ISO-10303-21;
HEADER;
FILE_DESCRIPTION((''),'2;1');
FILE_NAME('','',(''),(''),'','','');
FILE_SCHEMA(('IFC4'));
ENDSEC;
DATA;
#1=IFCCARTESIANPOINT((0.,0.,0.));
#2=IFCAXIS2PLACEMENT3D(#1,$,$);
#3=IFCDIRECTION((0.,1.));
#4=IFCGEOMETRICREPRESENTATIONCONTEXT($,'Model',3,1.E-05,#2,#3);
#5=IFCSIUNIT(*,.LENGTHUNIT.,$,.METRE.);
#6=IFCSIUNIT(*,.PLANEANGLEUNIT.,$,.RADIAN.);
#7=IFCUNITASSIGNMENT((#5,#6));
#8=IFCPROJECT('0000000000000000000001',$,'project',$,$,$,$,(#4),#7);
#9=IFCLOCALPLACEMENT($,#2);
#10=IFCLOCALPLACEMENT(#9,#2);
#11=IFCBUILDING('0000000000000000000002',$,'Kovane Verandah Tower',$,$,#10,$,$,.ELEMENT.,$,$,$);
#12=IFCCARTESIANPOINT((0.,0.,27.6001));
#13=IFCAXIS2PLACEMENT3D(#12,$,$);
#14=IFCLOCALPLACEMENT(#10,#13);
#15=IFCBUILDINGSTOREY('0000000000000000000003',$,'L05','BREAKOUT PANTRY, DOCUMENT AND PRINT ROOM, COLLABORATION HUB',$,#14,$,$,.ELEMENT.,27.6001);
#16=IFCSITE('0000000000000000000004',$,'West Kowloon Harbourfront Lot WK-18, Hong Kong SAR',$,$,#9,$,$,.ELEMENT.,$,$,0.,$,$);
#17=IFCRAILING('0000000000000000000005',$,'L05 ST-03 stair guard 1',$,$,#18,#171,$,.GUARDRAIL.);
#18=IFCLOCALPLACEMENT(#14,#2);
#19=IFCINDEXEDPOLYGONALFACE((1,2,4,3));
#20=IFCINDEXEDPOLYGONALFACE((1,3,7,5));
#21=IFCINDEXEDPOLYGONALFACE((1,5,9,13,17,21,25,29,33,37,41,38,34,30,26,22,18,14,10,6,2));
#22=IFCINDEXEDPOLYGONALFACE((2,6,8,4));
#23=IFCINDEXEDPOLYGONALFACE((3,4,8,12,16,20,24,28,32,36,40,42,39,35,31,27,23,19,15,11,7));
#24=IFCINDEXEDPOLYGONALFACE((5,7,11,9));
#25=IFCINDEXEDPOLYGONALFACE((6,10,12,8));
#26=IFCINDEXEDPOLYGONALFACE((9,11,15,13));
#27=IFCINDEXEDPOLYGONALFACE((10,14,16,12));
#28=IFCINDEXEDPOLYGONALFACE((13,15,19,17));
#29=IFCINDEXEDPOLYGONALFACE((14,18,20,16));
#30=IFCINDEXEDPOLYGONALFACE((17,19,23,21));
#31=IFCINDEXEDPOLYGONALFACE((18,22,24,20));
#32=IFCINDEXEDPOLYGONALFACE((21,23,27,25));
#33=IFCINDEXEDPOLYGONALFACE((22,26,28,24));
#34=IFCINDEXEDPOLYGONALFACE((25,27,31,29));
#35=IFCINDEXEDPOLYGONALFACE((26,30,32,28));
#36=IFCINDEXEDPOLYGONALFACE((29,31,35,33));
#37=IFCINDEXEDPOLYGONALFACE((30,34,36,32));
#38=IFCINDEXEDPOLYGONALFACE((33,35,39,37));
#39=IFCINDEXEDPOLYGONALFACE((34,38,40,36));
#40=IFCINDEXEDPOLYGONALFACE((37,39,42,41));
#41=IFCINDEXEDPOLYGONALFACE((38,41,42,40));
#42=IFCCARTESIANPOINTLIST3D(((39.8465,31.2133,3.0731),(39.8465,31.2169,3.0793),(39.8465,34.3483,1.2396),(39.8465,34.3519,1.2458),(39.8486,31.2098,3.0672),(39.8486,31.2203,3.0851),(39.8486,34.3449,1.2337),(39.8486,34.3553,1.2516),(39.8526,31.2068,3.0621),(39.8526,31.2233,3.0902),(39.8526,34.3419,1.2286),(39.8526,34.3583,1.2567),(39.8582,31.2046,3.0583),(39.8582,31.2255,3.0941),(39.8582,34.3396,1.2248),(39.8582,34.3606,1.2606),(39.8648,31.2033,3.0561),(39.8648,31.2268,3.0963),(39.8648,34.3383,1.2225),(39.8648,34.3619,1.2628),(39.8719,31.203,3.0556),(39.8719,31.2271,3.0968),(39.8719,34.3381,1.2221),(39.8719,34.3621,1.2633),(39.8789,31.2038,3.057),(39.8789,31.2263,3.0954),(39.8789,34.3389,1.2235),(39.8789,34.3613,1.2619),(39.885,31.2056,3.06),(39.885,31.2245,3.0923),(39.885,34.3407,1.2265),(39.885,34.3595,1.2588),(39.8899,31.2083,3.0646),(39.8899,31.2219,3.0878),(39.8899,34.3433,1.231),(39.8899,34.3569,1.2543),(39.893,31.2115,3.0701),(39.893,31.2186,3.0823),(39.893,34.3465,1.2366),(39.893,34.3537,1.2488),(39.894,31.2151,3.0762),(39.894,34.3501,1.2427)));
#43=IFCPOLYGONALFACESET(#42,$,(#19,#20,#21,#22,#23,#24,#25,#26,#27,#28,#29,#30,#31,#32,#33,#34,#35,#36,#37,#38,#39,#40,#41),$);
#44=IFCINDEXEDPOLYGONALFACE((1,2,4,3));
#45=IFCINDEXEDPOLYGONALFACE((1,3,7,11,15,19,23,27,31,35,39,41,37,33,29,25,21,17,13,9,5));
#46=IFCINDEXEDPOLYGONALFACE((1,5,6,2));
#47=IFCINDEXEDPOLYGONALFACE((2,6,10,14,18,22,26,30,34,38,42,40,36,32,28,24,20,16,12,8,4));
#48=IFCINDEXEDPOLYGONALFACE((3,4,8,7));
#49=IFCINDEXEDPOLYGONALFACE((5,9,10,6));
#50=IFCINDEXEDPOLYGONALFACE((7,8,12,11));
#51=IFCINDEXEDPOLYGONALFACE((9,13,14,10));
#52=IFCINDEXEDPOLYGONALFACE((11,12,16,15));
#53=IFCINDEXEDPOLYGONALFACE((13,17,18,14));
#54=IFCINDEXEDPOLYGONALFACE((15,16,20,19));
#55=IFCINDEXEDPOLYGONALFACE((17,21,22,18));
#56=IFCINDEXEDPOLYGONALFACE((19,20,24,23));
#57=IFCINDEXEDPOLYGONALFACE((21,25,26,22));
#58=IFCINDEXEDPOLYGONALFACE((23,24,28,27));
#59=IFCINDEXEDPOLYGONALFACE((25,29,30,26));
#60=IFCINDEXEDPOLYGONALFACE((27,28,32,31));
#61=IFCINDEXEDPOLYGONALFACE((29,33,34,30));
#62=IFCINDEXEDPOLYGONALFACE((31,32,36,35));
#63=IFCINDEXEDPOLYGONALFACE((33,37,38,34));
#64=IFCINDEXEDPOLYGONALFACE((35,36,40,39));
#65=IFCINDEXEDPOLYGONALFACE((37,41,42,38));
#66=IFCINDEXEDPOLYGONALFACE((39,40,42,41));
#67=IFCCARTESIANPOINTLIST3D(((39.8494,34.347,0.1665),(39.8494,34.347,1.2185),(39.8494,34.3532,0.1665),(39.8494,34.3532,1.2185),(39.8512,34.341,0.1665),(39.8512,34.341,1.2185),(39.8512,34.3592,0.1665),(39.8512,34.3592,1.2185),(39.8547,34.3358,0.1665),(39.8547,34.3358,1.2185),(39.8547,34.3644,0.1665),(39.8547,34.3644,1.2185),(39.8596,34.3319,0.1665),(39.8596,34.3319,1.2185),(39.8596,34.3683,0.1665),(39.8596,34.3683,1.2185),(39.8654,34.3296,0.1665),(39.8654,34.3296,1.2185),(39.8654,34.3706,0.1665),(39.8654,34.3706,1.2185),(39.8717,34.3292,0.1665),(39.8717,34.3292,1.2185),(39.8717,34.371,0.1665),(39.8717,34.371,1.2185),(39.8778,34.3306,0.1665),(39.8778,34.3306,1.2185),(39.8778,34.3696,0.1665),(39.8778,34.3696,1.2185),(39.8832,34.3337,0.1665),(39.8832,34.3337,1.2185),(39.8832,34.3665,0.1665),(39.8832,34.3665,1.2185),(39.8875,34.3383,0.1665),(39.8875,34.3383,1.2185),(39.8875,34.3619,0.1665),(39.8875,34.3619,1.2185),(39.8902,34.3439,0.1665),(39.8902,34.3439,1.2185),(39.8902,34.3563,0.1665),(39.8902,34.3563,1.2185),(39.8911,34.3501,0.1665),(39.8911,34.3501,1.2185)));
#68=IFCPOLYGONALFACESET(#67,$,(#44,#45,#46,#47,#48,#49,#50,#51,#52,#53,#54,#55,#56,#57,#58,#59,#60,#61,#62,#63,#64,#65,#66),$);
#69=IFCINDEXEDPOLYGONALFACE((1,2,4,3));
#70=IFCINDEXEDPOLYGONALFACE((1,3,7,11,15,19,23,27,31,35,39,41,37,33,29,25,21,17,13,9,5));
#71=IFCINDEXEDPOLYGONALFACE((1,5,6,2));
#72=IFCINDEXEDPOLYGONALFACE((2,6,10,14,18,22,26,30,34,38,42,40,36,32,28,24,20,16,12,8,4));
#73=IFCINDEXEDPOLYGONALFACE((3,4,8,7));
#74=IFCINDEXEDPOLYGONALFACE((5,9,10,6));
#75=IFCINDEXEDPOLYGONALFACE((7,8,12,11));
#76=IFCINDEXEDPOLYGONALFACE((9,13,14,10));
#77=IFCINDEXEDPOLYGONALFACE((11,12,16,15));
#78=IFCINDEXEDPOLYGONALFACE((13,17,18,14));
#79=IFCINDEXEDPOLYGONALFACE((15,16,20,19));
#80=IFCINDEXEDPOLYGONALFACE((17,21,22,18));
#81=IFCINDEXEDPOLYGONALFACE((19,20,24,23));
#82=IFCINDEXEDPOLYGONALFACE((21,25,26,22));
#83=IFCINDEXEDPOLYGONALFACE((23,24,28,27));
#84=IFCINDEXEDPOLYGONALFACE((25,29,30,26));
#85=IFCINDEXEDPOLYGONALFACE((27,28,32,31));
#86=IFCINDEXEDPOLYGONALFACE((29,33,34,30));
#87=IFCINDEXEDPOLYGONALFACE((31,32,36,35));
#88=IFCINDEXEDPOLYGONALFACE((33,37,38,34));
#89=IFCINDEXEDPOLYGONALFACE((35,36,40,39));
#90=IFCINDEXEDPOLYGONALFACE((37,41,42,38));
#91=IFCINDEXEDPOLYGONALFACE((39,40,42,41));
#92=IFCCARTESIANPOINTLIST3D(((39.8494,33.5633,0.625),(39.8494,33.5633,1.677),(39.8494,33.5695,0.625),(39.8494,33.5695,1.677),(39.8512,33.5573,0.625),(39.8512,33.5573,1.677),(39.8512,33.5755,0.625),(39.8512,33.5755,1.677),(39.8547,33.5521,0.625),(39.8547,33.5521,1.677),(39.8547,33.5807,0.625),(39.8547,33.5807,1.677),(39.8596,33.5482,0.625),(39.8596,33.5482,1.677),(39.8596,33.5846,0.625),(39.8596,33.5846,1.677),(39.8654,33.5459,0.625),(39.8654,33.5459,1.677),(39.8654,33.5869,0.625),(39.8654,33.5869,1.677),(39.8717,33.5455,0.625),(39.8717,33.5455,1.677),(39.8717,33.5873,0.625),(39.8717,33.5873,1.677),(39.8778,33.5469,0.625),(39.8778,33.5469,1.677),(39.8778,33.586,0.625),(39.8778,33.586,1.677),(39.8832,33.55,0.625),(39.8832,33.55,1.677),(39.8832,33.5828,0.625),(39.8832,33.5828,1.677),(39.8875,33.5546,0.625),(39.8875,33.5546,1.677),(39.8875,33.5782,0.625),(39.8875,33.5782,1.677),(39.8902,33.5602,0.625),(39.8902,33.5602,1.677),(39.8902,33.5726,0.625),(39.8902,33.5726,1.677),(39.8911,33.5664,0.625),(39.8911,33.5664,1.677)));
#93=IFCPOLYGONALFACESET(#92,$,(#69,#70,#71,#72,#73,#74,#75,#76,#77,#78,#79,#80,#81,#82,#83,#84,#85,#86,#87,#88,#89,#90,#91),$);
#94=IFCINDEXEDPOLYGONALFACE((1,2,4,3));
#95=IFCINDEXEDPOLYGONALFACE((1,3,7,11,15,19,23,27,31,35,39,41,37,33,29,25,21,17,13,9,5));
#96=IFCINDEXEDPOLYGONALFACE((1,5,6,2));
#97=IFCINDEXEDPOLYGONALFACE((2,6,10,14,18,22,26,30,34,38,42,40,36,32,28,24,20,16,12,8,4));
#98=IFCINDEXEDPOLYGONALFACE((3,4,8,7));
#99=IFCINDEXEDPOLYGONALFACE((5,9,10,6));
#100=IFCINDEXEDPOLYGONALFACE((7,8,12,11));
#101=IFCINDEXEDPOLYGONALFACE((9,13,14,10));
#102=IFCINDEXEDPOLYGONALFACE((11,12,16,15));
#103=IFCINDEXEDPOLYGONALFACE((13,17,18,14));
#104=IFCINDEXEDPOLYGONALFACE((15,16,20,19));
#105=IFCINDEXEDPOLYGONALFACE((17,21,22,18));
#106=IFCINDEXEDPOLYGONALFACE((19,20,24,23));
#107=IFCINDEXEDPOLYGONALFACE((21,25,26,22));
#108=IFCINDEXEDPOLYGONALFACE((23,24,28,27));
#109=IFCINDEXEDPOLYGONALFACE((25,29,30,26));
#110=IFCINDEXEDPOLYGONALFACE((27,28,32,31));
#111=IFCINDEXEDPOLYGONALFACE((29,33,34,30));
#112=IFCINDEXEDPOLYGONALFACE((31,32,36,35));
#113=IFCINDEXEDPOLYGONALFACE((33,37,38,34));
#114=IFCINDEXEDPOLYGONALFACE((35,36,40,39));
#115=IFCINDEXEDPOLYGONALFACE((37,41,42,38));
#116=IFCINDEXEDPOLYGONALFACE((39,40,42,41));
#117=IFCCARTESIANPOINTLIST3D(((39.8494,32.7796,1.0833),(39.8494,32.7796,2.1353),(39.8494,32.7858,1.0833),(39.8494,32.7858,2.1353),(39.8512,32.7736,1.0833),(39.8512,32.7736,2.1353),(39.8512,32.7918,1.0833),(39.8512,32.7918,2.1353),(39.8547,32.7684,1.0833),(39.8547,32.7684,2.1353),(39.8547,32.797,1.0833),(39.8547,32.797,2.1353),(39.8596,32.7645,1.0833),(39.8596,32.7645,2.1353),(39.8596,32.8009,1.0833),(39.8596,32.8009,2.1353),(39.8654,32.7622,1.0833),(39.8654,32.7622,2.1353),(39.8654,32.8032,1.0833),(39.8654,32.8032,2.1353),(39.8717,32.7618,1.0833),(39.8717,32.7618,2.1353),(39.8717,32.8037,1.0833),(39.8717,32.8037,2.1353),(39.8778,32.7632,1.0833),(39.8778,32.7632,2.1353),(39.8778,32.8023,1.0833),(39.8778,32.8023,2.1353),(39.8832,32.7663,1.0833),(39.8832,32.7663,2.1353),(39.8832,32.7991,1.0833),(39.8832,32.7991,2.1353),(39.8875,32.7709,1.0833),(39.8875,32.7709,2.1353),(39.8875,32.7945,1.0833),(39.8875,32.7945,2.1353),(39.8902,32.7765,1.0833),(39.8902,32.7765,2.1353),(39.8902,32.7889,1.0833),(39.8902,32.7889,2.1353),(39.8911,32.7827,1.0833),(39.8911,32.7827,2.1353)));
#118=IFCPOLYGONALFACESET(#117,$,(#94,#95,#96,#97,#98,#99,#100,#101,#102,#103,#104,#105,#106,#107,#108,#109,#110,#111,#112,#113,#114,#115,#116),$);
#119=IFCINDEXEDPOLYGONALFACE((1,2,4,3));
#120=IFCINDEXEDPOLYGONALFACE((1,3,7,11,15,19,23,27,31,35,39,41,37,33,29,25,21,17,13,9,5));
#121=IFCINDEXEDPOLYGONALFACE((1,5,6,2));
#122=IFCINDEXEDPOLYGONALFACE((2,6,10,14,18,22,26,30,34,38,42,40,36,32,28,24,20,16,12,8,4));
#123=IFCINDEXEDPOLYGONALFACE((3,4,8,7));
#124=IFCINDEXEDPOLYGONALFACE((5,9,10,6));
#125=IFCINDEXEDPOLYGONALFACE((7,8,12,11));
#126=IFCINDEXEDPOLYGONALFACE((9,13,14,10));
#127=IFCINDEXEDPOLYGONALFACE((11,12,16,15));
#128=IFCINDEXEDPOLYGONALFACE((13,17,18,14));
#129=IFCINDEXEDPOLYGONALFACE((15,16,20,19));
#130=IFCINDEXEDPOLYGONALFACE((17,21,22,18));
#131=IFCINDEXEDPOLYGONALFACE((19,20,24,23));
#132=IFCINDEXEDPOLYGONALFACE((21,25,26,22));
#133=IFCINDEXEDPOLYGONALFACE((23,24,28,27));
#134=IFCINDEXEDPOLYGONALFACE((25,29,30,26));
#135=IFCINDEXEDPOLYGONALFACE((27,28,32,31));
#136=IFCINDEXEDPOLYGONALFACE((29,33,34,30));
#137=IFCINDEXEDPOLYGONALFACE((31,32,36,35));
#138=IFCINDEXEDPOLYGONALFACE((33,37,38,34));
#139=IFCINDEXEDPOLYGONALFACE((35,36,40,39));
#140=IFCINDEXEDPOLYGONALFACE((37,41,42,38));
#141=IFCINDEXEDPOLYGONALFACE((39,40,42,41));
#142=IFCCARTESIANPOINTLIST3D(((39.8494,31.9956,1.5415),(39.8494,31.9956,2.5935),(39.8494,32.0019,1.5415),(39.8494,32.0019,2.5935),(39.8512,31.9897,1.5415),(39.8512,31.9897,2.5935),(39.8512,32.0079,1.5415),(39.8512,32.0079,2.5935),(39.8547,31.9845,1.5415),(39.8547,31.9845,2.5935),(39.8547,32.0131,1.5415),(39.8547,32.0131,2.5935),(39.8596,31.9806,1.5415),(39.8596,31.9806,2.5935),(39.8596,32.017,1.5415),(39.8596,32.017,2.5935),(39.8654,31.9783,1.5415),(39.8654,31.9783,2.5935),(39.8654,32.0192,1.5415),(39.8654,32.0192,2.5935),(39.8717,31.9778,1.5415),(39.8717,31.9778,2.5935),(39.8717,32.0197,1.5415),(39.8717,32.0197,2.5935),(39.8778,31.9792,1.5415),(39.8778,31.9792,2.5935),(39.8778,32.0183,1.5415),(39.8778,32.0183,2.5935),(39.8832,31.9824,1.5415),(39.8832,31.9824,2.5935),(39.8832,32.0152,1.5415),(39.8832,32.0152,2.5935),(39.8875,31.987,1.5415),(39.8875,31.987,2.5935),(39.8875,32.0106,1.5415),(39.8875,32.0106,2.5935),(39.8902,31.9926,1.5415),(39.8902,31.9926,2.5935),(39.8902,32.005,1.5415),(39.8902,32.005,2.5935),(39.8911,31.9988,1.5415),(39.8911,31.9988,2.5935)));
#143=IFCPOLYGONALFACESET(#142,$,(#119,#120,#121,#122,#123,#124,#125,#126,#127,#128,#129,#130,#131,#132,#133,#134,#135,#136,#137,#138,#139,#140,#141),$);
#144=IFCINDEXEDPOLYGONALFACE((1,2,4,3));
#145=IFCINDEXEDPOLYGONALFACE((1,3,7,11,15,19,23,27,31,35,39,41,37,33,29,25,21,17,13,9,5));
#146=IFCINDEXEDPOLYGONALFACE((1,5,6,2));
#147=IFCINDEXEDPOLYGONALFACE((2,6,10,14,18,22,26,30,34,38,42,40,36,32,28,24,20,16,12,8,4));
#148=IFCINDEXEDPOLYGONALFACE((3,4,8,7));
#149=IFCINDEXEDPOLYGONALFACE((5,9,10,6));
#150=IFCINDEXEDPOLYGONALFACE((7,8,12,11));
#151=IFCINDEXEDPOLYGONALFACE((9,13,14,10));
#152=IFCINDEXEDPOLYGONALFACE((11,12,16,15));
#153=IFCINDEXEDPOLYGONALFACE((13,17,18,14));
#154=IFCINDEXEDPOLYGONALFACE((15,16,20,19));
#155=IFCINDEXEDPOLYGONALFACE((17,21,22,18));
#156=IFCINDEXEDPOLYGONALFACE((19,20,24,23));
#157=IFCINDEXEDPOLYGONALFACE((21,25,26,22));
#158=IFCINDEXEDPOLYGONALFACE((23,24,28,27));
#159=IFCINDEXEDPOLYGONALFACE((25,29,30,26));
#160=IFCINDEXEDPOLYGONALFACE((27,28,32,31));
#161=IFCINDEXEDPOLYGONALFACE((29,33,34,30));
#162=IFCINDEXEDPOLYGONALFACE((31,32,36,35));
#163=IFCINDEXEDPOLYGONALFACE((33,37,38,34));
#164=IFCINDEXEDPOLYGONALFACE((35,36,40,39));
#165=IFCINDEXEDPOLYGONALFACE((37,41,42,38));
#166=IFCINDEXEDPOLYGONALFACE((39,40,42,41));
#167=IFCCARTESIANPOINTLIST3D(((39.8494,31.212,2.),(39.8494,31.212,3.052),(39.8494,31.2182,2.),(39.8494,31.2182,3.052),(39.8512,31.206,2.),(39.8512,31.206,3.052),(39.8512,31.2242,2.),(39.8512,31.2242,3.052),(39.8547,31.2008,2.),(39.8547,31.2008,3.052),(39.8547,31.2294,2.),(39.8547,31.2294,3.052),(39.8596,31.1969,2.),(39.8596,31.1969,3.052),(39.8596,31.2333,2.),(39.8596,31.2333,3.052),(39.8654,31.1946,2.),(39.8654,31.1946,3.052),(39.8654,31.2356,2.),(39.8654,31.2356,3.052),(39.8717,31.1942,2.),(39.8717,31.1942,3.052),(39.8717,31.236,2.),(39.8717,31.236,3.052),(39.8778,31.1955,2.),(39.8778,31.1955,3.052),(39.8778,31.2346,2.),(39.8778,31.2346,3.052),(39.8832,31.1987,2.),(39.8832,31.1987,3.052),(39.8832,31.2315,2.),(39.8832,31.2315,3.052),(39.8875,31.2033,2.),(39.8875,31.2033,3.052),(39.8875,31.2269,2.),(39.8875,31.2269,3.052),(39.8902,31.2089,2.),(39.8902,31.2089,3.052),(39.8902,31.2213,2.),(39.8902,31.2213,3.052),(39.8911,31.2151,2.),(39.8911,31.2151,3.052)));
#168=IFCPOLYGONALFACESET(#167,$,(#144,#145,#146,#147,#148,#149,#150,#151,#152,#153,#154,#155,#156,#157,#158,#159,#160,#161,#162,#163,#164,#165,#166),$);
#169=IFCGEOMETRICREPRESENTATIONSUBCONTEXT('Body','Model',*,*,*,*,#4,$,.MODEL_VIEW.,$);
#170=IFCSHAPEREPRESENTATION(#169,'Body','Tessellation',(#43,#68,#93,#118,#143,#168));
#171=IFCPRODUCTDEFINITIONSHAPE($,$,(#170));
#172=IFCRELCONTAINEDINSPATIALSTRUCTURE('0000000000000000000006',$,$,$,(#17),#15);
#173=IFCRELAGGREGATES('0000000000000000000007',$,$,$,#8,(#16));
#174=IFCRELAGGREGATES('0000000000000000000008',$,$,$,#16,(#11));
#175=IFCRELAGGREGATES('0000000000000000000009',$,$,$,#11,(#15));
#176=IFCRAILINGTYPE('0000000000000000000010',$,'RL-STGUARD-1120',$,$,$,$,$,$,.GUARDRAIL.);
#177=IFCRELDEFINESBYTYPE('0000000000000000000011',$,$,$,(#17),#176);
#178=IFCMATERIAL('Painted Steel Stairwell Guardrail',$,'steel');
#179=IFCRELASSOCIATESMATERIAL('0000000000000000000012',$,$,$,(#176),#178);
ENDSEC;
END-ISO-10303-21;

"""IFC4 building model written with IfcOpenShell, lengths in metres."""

from ifc_helpers import new_model, si_unit, direction, frame, origin, origin_2d, place, context, subcontext, project, spatial, circle, extrude, material, type_object, element, save


model = new_model("IFC4")

# Units and contexts
model_context = context("Model", 3, precision=1e-05, world=origin(), true_north=direction((0.0, 1.0)))
body_context = subcontext(model_context, "Body", "Model", "MODEL_VIEW")
ifc_project = project(units=[si_unit("LENGTHUNIT", "METRE"), si_unit("PLANEANGLEUNIT", "RADIAN")], contexts=[model_context])

# Site, building, storey
site_placement = place(None, origin())
site = spatial("IfcSite", under=ifc_project, at=site_placement, Name="West Kowloon Harbourfront Lot WK-18, Hong Kong SAR", CompositionType="ELEMENT", RefElevation=0.0)
building_placement = place(site_placement, origin())
building = spatial("IfcBuilding", under=site, at=building_placement, Name="Kovane Verandah Tower", CompositionType="ELEMENT")
storey_placement = place(building_placement, frame((0.0, 0.0, 27.6001)))
storey = spatial("IfcBuildingStorey", under=building, at=storey_placement, Name="L05", Description="BREAKOUT PANTRY, DOCUMENT AND PRINT ROOM, COLLABORATION HUB", CompositionType="ELEMENT", Elevation=27.6001)

# Railing
ifc_material_1 = material(Name="Painted Steel Stairwell Guardrail", Category="steel")
railing_type = type_object("IfcRailingType", Name="RL-STGUARD-1120", PredefinedType="GUARDRAIL", material=ifc_material_1)
railing_1_placement = place(storey_placement, frame((39.8701, 34.3501, 0.1665)))
element("IfcRailing", 1, at=railing_1_placement, inside=storey, type_object=railing_type, Name="L05 ST-03 stair guard 1", PredefinedType="GUARDRAIL", context=body_context, shape_type="SweptSolid", body=[
    extrude(circle(Radius=0.0239, at=origin_2d()), frame((0.0, 0.0, 1.0762), z_axis=(0.0, -0.86321, 0.504845), x_axis=(1.0, 0.0, 0.0)), (0.0, 0.0, 1.0), 3.6318),
    extrude(circle(Radius=0.021, at=origin_2d()), origin(), (0.0, 0.0, 1.0), 1.052),
    extrude(circle(Radius=0.021, at=origin_2d()), frame((0.0, -0.7837, 0.4585)), (0.0, 0.0, 1.0), 1.052),
    extrude(circle(Radius=0.021, at=origin_2d()), frame((0.0, -1.5674, 0.9167)), (0.0, 0.0, 1.0), 1.052),
    extrude(circle(Radius=0.021, at=origin_2d()), frame((0.0, -2.3513, 1.375)), (0.0, 0.0, 1.0), 1.052),
    extrude(circle(Radius=0.021, at=origin_2d()), frame((0.0, -3.135, 1.8335)), (0.0, 0.0, 1.0), 1.052),
])

save(model, "model.ifc")
